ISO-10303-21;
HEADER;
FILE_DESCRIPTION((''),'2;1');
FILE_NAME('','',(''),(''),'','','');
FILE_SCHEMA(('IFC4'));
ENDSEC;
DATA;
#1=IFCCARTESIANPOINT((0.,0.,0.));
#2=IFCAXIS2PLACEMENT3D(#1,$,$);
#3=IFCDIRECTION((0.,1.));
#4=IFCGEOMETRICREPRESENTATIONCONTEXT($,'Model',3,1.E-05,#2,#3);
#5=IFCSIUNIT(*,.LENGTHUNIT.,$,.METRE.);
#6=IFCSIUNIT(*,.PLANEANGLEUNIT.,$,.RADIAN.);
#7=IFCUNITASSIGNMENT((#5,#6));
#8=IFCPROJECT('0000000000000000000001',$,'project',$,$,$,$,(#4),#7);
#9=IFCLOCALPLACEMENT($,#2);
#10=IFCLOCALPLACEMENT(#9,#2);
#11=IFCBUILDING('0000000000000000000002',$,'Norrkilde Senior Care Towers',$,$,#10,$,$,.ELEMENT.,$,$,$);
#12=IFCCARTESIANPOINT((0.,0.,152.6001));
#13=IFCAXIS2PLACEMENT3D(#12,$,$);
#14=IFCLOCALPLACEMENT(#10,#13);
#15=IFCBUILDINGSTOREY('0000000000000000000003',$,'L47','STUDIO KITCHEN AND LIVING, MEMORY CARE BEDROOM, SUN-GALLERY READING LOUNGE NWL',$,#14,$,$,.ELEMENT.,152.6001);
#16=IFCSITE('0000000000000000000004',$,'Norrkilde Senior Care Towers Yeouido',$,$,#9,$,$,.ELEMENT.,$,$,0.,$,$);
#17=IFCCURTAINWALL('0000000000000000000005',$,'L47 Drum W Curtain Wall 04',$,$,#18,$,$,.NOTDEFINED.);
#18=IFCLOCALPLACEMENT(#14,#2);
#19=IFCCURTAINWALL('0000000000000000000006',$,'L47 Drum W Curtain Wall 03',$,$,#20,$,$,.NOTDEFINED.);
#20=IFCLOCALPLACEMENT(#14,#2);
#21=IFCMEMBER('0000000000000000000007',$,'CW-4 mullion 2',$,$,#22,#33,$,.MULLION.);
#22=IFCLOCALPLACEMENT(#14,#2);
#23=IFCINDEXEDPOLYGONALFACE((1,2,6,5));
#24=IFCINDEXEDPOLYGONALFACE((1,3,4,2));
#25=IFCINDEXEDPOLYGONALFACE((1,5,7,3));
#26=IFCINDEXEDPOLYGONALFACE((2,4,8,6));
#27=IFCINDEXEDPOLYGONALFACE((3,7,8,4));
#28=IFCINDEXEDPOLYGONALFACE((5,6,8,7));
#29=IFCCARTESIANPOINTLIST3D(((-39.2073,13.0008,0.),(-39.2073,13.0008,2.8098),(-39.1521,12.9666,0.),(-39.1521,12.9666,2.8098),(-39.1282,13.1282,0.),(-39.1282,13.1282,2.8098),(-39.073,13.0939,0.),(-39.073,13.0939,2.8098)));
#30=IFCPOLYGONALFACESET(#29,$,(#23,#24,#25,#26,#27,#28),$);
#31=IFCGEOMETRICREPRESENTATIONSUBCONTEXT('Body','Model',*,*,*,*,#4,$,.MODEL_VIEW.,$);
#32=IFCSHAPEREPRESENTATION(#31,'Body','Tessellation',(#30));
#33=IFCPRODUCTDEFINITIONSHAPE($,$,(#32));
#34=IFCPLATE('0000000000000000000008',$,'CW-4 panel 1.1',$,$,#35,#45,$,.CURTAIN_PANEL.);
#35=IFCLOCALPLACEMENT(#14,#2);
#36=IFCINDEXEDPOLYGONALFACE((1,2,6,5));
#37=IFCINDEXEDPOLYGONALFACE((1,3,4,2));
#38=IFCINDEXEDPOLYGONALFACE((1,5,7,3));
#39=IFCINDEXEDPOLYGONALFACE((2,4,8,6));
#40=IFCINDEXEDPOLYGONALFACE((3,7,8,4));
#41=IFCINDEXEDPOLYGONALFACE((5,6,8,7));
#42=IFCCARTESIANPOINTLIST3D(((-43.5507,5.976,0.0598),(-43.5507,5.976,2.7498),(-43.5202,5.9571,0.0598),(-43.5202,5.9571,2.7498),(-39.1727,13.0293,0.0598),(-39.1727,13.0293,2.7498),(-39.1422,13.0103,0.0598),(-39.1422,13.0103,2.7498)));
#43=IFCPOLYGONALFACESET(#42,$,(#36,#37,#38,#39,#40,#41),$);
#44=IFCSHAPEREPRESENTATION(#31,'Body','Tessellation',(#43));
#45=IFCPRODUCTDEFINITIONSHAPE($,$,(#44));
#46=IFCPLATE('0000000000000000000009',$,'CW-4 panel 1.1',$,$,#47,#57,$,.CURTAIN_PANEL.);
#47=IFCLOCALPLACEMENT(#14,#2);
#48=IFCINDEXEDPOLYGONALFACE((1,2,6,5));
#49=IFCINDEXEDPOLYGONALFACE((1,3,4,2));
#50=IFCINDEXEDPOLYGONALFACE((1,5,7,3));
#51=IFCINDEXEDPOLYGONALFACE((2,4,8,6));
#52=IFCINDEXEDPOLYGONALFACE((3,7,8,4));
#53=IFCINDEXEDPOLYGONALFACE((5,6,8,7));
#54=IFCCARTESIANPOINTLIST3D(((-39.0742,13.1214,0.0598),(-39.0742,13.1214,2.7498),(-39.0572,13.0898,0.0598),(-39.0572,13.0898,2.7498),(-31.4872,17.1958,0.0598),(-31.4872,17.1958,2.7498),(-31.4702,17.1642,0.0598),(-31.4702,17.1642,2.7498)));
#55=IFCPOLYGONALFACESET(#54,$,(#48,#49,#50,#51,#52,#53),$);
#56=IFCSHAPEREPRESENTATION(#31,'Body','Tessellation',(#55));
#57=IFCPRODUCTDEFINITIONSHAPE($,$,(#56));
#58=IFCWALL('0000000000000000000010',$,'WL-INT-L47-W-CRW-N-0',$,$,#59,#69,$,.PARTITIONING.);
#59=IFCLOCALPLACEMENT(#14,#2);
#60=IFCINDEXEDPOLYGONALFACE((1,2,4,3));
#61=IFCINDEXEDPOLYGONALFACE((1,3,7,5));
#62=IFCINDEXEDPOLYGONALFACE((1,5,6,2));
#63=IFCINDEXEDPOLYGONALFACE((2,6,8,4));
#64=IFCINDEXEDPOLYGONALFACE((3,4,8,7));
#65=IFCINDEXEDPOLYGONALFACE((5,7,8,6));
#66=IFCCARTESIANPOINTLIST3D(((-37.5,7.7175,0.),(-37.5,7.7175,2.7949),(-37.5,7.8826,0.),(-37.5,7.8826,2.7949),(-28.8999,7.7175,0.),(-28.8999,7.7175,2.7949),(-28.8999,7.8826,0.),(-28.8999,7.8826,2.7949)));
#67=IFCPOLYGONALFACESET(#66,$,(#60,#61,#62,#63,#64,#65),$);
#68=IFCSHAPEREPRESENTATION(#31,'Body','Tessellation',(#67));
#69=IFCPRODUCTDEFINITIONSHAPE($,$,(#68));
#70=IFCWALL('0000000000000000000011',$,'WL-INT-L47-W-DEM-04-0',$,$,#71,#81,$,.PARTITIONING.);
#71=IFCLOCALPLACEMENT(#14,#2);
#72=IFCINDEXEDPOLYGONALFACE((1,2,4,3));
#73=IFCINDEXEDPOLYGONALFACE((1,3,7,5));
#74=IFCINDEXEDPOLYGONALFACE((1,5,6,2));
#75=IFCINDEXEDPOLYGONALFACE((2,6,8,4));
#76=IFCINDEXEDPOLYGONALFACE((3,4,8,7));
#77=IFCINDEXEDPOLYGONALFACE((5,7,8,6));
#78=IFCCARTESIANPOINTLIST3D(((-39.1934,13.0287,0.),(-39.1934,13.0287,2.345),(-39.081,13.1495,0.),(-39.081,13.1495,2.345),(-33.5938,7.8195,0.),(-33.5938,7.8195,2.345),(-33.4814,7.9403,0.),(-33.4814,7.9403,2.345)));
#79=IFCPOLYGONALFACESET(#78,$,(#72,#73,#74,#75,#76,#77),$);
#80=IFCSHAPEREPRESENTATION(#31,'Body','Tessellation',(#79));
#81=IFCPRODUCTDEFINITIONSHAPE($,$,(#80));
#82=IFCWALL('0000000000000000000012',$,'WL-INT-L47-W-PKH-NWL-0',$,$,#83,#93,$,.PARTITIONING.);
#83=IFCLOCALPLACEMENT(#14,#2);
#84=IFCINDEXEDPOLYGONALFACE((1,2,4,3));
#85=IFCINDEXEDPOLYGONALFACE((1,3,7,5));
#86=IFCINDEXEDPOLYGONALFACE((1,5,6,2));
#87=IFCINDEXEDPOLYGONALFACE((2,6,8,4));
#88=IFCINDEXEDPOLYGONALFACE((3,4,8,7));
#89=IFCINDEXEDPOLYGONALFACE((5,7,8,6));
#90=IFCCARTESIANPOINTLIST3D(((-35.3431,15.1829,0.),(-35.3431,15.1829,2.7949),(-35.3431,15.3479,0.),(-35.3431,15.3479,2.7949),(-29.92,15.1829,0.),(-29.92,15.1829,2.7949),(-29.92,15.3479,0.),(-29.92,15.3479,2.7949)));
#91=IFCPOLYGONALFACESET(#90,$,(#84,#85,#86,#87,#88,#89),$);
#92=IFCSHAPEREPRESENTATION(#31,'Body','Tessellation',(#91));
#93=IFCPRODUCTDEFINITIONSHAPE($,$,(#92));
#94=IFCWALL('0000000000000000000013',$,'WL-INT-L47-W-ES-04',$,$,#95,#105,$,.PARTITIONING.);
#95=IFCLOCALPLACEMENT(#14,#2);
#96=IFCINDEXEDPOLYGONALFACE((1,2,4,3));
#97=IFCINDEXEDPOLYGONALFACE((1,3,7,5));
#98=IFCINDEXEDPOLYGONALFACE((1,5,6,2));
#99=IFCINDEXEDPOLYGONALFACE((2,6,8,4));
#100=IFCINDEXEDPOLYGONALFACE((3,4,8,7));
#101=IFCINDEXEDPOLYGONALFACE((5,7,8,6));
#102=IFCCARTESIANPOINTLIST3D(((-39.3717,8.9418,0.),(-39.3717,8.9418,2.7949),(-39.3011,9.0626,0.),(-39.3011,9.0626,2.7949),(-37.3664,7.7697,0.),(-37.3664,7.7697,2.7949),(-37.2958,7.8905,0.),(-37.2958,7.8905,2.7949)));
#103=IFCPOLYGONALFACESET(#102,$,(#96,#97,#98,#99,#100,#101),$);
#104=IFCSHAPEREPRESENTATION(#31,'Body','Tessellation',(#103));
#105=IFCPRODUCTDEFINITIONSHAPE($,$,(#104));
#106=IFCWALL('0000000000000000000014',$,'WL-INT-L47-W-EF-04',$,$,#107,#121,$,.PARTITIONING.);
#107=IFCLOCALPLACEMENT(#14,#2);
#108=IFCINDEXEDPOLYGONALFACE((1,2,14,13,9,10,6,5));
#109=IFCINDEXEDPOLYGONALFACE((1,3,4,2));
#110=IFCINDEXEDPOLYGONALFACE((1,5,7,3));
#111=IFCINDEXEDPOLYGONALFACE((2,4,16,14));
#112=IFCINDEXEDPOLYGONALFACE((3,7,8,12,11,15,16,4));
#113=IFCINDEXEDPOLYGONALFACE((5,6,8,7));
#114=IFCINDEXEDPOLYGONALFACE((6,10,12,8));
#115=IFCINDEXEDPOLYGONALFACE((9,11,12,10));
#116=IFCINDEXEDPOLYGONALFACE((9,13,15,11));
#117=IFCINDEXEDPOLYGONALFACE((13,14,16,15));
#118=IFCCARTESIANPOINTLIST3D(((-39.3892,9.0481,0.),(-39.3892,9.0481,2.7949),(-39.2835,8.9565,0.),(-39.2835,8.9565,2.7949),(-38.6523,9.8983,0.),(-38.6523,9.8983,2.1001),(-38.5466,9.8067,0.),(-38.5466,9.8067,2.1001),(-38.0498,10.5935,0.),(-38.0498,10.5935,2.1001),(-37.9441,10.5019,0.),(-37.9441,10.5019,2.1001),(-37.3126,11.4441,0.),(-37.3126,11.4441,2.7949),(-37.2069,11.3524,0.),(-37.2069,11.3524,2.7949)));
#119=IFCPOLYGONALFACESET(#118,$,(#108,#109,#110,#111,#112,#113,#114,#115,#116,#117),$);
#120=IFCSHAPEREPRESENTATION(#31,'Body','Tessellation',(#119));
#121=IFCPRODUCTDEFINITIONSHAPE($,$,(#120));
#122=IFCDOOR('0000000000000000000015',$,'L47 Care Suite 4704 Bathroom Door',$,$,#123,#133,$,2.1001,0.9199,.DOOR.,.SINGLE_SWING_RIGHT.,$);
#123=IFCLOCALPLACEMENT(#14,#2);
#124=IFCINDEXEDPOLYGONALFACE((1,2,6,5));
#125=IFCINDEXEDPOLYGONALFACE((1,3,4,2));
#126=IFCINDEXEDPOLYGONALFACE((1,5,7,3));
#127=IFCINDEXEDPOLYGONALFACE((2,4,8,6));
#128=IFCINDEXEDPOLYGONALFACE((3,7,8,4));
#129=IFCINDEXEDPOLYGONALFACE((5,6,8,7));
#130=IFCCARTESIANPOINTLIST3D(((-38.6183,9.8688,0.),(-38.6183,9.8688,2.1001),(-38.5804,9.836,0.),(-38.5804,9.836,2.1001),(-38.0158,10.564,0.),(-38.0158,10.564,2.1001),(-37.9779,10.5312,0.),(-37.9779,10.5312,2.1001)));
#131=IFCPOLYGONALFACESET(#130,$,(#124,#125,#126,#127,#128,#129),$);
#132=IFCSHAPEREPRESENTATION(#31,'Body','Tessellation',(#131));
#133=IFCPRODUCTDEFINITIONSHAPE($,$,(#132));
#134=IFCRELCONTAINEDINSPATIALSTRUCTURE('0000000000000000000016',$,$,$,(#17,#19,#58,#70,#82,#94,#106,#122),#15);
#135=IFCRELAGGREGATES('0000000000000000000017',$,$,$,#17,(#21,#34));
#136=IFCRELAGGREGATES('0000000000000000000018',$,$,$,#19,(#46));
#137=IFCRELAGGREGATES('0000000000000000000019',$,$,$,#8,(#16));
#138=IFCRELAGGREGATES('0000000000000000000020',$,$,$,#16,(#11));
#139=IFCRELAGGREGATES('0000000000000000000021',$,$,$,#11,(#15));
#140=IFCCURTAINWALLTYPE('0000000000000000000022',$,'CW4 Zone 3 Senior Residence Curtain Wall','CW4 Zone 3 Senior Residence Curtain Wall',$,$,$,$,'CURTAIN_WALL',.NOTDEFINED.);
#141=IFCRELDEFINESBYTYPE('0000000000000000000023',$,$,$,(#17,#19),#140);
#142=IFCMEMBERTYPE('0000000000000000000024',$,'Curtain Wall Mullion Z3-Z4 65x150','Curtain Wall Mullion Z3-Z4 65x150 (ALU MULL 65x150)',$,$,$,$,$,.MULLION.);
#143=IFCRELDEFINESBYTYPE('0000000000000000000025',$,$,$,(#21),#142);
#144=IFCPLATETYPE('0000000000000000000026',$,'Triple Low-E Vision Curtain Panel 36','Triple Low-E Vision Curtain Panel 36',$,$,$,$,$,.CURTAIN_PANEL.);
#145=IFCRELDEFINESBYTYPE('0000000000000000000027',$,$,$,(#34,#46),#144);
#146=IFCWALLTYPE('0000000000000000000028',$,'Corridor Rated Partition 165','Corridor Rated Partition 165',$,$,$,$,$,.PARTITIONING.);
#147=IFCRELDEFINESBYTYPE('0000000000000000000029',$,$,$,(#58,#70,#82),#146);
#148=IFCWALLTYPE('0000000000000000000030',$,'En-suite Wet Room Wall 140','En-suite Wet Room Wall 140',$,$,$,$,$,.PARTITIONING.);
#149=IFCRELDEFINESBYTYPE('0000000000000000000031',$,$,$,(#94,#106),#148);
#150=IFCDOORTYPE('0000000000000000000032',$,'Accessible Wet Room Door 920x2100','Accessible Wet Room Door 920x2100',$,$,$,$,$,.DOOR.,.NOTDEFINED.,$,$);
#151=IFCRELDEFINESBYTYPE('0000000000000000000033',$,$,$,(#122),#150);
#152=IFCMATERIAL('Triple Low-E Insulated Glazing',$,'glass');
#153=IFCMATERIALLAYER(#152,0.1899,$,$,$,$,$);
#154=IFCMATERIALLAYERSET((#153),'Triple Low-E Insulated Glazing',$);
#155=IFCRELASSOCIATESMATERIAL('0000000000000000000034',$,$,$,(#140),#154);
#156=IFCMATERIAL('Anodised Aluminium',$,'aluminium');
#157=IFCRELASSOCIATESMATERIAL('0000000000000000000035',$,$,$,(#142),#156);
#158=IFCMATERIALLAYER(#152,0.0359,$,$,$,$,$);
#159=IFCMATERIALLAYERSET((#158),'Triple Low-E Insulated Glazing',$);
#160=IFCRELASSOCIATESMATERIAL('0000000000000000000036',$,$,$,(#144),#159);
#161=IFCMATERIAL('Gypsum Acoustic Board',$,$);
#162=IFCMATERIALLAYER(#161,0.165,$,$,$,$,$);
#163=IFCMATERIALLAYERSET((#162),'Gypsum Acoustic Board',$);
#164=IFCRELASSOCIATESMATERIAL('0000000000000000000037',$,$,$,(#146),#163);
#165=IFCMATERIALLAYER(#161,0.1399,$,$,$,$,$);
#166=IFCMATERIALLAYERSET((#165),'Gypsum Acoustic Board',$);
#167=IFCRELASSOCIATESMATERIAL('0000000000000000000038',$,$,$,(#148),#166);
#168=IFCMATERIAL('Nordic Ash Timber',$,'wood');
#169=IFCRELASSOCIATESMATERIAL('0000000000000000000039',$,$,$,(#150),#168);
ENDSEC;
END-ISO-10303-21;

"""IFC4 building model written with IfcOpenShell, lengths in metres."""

from ifc_helpers import new_model, si_unit, direction, frame, frame_2d, origin, origin_2d, place, context, subcontext, project, spatial, rectangle, extrude, source, transform, mapped, material, layer, layer_set, material_profile, profile_set, type_object, type_shapes, element, fill, aggregate, save


model = new_model("IFC4")

# Units and contexts
model_context = context("Model", 3, precision=1e-05, world=origin(), true_north=direction((0.0, 1.0)))
body_context = subcontext(model_context, "Body", "Model", "MODEL_VIEW")
ifc_project = project(units=[si_unit("LENGTHUNIT", "METRE"), si_unit("PLANEANGLEUNIT", "RADIAN")], contexts=[model_context])

# Site, building, storey
site_placement = place(None, origin())
site = spatial("IfcSite", under=ifc_project, at=site_placement, Name="Norrkilde Senior Care Towers Yeouido", CompositionType="ELEMENT", RefElevation=0.0)
building_placement = place(site_placement, origin())
building = spatial("IfcBuilding", under=site, at=building_placement, Name="Norrkilde Senior Care Towers", CompositionType="ELEMENT")
storey_placement = place(building_placement, frame((0.0, 0.0, 152.6001)))
storey = spatial("IfcBuildingStorey", under=building, at=storey_placement, Name="L47", Description="STUDIO KITCHEN AND LIVING, MEMORY CARE BEDROOM, SUN-GALLERY READING LOUNGE NWL", CompositionType="ELEMENT", Elevation=152.6001)

# Curtain walls
ifc_material_1 = material(Name="Triple Low-E Insulated Glazing", Category="glass")
ifc_layer_1 = layer(ifc_material_1, 0.1899)
ifc_layer_set_1 = layer_set([ifc_layer_1], Name="Triple Low-E Insulated Glazing")
curtain_wall_type = type_object("IfcCurtainWallType", Name="CW4 Zone 3 Senior Residence Curtain Wall", Description="CW4 Zone 3 Senior Residence Curtain Wall", ElementType="CURTAIN_WALL", PredefinedType="NOTDEFINED", material=ifc_layer_set_1)
curtain_wall_1_placement = place(storey_placement, origin())
curtain_wall_1 = element("IfcCurtainWall", 1, at=curtain_wall_1_placement, inside=storey, type_object=curtain_wall_type, Name="L47 Drum W Curtain Wall 04", PredefinedType="NOTDEFINED")
ifc_material_2 = material(Name="Anodised Aluminium", Category="aluminium")
curtain_wall_2_placement = place(storey_placement, origin())
curtain_wall_2 = element("IfcCurtainWall", 2, at=curtain_wall_2_placement, inside=storey, type_object=curtain_wall_type, Name="L47 Drum W Curtain Wall 03", PredefinedType="NOTDEFINED")

# Member
ifc_material_profile_1 = material_profile(ifc_material_2, rectangle(XDim=0.0649, YDim=0.1499, at=origin_2d()), Name="ALU MULL 65x150")
ifc_profile_set_1 = profile_set([ifc_material_profile_1], Name="Anodised Aluminium")
member_type_1 = type_object("IfcMemberType", Name="Curtain Wall Mullion Z3-Z4 65x150", Description="Curtain Wall Mullion Z3-Z4 65x150 (ALU MULL 65x150)", PredefinedType="MULLION", material=ifc_profile_set_1)
shared_shape_1 = source(origin(), body_context, "Body", "SweptSolid", [
    extrude(rectangle(XDim=0.0649, YDim=0.1499, at=origin_2d()), origin(), (0.0, 0.0, 1.0), 2.8098),
])
type_shapes(member_type_1, [shared_shape_1])
member_1_placement = place(storey_placement, frame((-39.1401, 13.0474, 0.0), z_axis=(0.0, 0.0, 1.0), x_axis=(-0.849634, 0.527373, 0.0)))
member_1 = element("IfcMember", 3, at=member_1_placement, type_object=member_type_1, Name="CW-4 mullion 2", PredefinedType="MULLION", context=body_context, shape_type="MappedRepresentation", body=[
    mapped(shared_shape_1, transform((0.0, 0.0, 0.0), x_axis=(1.0, 0.0, 0.0), y_axis=(0.0, 1.0, 0.0), z_axis=(0.0, 0.0, 1.0), scale=1.0)),
])

# Plates
ifc_layer_2 = layer(ifc_material_1, 0.0359)
ifc_layer_set_2 = layer_set([ifc_layer_2], Name="Triple Low-E Insulated Glazing")
plate_type = type_object("IfcPlateType", Name="Triple Low-E Vision Curtain Panel 36", Description="Triple Low-E Vision Curtain Panel 36", PredefinedType="CURTAIN_PANEL", material=ifc_layer_set_2)
shared_shape_2 = source(origin(), body_context, "Body", "SweptSolid", [
    extrude(rectangle(XDim=8.3015, YDim=0.0359, at=origin_2d()), origin(), (0.0, 0.0, 1.0), 2.6899),
])
plate_1_placement = place(storey_placement, frame((-41.3464, 9.4932, 0.0598), z_axis=(0.0, 0.0, 1.0), x_axis=(0.527373, 0.849634, 0.0)))
plate_1 = element("IfcPlate", 4, at=plate_1_placement, type_object=plate_type, Name="CW-4 panel 1.1", PredefinedType="CURTAIN_PANEL", context=body_context, shape_type="MappedRepresentation", body=[
    mapped(shared_shape_2, transform((0.0, 0.0, 0.0), x_axis=(1.0, 0.0, 0.0), y_axis=(0.0, 1.0, 0.0), z_axis=(0.0, 0.0, 1.0), scale=1.0)),
])
aggregate(curtain_wall_1, [member_1, plate_1])
shared_shape_3 = source(origin(), body_context, "Body", "SweptSolid", [
    extrude(rectangle(XDim=8.6118, YDim=0.0359, at=origin_2d()), origin(), (0.0, 0.0, 1.0), 2.6899),
])
type_shapes(plate_type, [shared_shape_2, shared_shape_3])
plate_2_placement = place(storey_placement, frame((-35.2722, 15.1428, 0.0598), z_axis=(0.0, 0.0, 1.0), x_axis=(0.881, 0.473117, 0.0)))
plate_2 = element("IfcPlate", 5, at=plate_2_placement, type_object=plate_type, Name="CW-4 panel 1.1", PredefinedType="CURTAIN_PANEL", context=body_context, shape_type="MappedRepresentation", body=[
    mapped(shared_shape_3, transform((0.0, 0.0, 0.0), x_axis=(1.0, 0.0, 0.0), y_axis=(0.0, 1.0, 0.0), z_axis=(0.0, 0.0, 1.0), scale=1.0)),
])
aggregate(curtain_wall_2, [plate_2])

# Walls
ifc_material_3 = material(Name="Gypsum Acoustic Board")
ifc_layer_3 = layer(ifc_material_3, 0.165)
ifc_layer_set_3 = layer_set([ifc_layer_3], Name="Gypsum Acoustic Board")
wall_type_1 = type_object("IfcWallType", Name="Corridor Rated Partition 165", Description="Corridor Rated Partition 165", PredefinedType="PARTITIONING", material=ifc_layer_set_3)
shared_shape_4 = source(origin(), body_context, "Body", "SweptSolid", [
    extrude(rectangle(XDim=8.6001, YDim=0.165, at=frame_2d((4.3, 0.0))), origin(), (0.0, 0.0, 1.0), 2.7949),
])
wall_1_placement = place(storey_placement, frame((-37.5, 7.8, 0.0), z_axis=(0.0, 0.0, 1.0), x_axis=(1.0, 0.0, 0.0)))
element("IfcWall", 6, at=wall_1_placement, inside=storey, type_object=wall_type_1, Name="WL-INT-L47-W-CRW-N-0", PredefinedType="PARTITIONING", context=body_context, shape_type="MappedRepresentation", body=[
    mapped(shared_shape_4, transform((0.0, 0.0, 0.0), x_axis=(1.0, 0.0, 0.0), y_axis=(0.0, 1.0, 0.0), z_axis=(0.0, 0.0, 1.0), scale=1.0)),
])
shared_shape_5 = source(origin(), body_context, "Body", "SweptSolid", [
    extrude(rectangle(XDim=7.6479, YDim=0.165, at=frame_2d((3.824, 0.0))), origin(), (0.0, 0.0, 1.0), 2.345),
])
wall_2_placement = place(storey_placement, frame((-33.5376, 7.8799, 0.0), z_axis=(0.0, 0.0, 1.0), x_axis=(-0.732168, 0.681124, 0.0)))
element("IfcWall", 7, at=wall_2_placement, inside=storey, type_object=wall_type_1, Name="WL-INT-L47-W-DEM-04-0", PredefinedType="PARTITIONING", context=body_context, shape_type="MappedRepresentation", body=[
    mapped(shared_shape_5, transform((0.0, 0.0, 0.0), x_axis=(1.0, 0.0, 0.0), y_axis=(0.0, 1.0, 0.0), z_axis=(0.0, 0.0, 1.0), scale=1.0)),
])

# Shared definitions
ifc_material_4 = material(Name="Nordic Ash Timber", Category="wood")

# Walls
shared_shape_6 = source(origin(), body_context, "Body", "SweptSolid", [
    extrude(rectangle(XDim=5.4231, YDim=0.165, at=frame_2d((2.7114, 0.0))), origin(), (0.0, 0.0, 1.0), 2.7949),
])
wall_3_placement = place(storey_placement, frame((-35.343, 15.2654, 0.0), z_axis=(0.0, 0.0, 1.0), x_axis=(1.0, 0.0, 0.0)))
element("IfcWall", 8, at=wall_3_placement, inside=storey, type_object=wall_type_1, Name="WL-INT-L47-W-PKH-NWL-0", PredefinedType="PARTITIONING", context=body_context, shape_type="MappedRepresentation", body=[
    mapped(shared_shape_6, transform((0.0, 0.0, 0.0), x_axis=(1.0, 0.0, 0.0), y_axis=(0.0, 1.0, 0.0), z_axis=(0.0, 0.0, 1.0), scale=1.0)),
])
ifc_layer_4 = layer(ifc_material_3, 0.1399)
ifc_layer_set_4 = layer_set([ifc_layer_4], Name="Gypsum Acoustic Board")
wall_type_2 = type_object("IfcWallType", Name="En-suite Wet Room Wall 140", Description="En-suite Wet Room Wall 140", PredefinedType="PARTITIONING", material=ifc_layer_set_4)
shared_shape_7 = source(origin(), body_context, "Body", "SweptSolid", [
    extrude(rectangle(XDim=2.3228, YDim=0.1399, at=frame_2d((1.1614, 0.0))), origin(), (0.0, 0.0, 1.0), 2.7949),
])
wall_4_placement = place(storey_placement, frame((-37.3311, 7.8301, 0.0), z_axis=(0.0, 0.0, 1.0), x_axis=(-0.863344, 0.504616, 0.0)))
element("IfcWall", 9, at=wall_4_placement, inside=storey, type_object=wall_type_2, Name="WL-INT-L47-W-ES-04", PredefinedType="PARTITIONING", context=body_context, shape_type="MappedRepresentation", body=[
    mapped(shared_shape_7, transform((0.0, 0.0, 0.0), x_axis=(1.0, 0.0, 0.0), y_axis=(0.0, 1.0, 0.0), z_axis=(0.0, 0.0, 1.0), scale=1.0)),
])

# Wall, opening, door
shared_shape_8 = source(origin(), body_context, "Body", "SweptSolid", [
    extrude(rectangle(XDim=3.1707, YDim=0.1399, at=frame_2d((1.5854, 0.0))), origin(), (0.0, 0.0, 1.0), 2.7949),
])
type_shapes(wall_type_2, [shared_shape_7, shared_shape_8])
wall_5_placement = place(storey_placement, frame((-39.3364, 9.0022, 0.0), z_axis=(0.0, 0.0, 1.0), x_axis=(0.654954, 0.755669, 0.0)))
wall_5 = element("IfcWall", 10, at=wall_5_placement, inside=storey, type_object=wall_type_2, Name="WL-INT-L47-W-EF-04", PredefinedType="PARTITIONING", context=body_context, shape_type="MappedRepresentation", body=[
    mapped(shared_shape_8, transform((0.0, 0.0, 0.0), x_axis=(1.0, 0.0, 0.0), y_axis=(0.0, 1.0, 0.0), z_axis=(0.0, 0.0, 1.0), scale=1.0)),
])
opening_1_placement = place(wall_5_placement, frame((1.1252, 0.0, 0.0)))
opening_1 = element("IfcOpeningElement", 11, at=opening_1_placement, cuts=wall_5, PredefinedType="OPENING", context=body_context, shape_type="SweptSolid", body=[
    extrude(rectangle(XDim=0.9199, YDim=2.1001, at=frame_2d((0.46, 1.05))), frame((0.0, 0.0798, 0.0), z_axis=(0.0, -1.0, 0.0), x_axis=(1.0, 0.0, 0.0)), (0.0, 0.0, 1.0), 0.1599),
])
door_type_1 = type_object("IfcDoorType", Name="Accessible Wet Room Door 920x2100", Description="Accessible Wet Room Door 920x2100", OperationType="NOTDEFINED", PredefinedType="DOOR", material=ifc_material_4)
shared_shape_9 = source(origin(), body_context, "Body", "SweptSolid", [
    extrude(rectangle(XDim=0.9199, YDim=2.1001, at=frame_2d((0.46, 1.05))), frame((0.0, 0.0249, 0.0), z_axis=(0.0, -1.0, 0.0), x_axis=(1.0, 0.0, 0.0)), (0.0, 0.0, 1.0), 0.05),
])
type_shapes(door_type_1, [shared_shape_9])
door_1_placement = place(opening_1_placement, origin())
door_1 = element("IfcDoor", 12, at=door_1_placement, inside=storey, type_object=door_type_1, Name="L47 Care Suite 4704 Bathroom Door", OperationType="SINGLE_SWING_RIGHT", OverallHeight=2.1001, OverallWidth=0.9199, PredefinedType="DOOR", context=body_context, shape_type="MappedRepresentation", body=[
    mapped(shared_shape_9, transform((0.0, 0.0, 0.0), x_axis=(1.0, 0.0, 0.0), y_axis=(0.0, 1.0, 0.0), z_axis=(0.0, 0.0, 1.0), scale=1.0)),
])
fill(opening_1, door_1)

save(model, "model.ifc")
